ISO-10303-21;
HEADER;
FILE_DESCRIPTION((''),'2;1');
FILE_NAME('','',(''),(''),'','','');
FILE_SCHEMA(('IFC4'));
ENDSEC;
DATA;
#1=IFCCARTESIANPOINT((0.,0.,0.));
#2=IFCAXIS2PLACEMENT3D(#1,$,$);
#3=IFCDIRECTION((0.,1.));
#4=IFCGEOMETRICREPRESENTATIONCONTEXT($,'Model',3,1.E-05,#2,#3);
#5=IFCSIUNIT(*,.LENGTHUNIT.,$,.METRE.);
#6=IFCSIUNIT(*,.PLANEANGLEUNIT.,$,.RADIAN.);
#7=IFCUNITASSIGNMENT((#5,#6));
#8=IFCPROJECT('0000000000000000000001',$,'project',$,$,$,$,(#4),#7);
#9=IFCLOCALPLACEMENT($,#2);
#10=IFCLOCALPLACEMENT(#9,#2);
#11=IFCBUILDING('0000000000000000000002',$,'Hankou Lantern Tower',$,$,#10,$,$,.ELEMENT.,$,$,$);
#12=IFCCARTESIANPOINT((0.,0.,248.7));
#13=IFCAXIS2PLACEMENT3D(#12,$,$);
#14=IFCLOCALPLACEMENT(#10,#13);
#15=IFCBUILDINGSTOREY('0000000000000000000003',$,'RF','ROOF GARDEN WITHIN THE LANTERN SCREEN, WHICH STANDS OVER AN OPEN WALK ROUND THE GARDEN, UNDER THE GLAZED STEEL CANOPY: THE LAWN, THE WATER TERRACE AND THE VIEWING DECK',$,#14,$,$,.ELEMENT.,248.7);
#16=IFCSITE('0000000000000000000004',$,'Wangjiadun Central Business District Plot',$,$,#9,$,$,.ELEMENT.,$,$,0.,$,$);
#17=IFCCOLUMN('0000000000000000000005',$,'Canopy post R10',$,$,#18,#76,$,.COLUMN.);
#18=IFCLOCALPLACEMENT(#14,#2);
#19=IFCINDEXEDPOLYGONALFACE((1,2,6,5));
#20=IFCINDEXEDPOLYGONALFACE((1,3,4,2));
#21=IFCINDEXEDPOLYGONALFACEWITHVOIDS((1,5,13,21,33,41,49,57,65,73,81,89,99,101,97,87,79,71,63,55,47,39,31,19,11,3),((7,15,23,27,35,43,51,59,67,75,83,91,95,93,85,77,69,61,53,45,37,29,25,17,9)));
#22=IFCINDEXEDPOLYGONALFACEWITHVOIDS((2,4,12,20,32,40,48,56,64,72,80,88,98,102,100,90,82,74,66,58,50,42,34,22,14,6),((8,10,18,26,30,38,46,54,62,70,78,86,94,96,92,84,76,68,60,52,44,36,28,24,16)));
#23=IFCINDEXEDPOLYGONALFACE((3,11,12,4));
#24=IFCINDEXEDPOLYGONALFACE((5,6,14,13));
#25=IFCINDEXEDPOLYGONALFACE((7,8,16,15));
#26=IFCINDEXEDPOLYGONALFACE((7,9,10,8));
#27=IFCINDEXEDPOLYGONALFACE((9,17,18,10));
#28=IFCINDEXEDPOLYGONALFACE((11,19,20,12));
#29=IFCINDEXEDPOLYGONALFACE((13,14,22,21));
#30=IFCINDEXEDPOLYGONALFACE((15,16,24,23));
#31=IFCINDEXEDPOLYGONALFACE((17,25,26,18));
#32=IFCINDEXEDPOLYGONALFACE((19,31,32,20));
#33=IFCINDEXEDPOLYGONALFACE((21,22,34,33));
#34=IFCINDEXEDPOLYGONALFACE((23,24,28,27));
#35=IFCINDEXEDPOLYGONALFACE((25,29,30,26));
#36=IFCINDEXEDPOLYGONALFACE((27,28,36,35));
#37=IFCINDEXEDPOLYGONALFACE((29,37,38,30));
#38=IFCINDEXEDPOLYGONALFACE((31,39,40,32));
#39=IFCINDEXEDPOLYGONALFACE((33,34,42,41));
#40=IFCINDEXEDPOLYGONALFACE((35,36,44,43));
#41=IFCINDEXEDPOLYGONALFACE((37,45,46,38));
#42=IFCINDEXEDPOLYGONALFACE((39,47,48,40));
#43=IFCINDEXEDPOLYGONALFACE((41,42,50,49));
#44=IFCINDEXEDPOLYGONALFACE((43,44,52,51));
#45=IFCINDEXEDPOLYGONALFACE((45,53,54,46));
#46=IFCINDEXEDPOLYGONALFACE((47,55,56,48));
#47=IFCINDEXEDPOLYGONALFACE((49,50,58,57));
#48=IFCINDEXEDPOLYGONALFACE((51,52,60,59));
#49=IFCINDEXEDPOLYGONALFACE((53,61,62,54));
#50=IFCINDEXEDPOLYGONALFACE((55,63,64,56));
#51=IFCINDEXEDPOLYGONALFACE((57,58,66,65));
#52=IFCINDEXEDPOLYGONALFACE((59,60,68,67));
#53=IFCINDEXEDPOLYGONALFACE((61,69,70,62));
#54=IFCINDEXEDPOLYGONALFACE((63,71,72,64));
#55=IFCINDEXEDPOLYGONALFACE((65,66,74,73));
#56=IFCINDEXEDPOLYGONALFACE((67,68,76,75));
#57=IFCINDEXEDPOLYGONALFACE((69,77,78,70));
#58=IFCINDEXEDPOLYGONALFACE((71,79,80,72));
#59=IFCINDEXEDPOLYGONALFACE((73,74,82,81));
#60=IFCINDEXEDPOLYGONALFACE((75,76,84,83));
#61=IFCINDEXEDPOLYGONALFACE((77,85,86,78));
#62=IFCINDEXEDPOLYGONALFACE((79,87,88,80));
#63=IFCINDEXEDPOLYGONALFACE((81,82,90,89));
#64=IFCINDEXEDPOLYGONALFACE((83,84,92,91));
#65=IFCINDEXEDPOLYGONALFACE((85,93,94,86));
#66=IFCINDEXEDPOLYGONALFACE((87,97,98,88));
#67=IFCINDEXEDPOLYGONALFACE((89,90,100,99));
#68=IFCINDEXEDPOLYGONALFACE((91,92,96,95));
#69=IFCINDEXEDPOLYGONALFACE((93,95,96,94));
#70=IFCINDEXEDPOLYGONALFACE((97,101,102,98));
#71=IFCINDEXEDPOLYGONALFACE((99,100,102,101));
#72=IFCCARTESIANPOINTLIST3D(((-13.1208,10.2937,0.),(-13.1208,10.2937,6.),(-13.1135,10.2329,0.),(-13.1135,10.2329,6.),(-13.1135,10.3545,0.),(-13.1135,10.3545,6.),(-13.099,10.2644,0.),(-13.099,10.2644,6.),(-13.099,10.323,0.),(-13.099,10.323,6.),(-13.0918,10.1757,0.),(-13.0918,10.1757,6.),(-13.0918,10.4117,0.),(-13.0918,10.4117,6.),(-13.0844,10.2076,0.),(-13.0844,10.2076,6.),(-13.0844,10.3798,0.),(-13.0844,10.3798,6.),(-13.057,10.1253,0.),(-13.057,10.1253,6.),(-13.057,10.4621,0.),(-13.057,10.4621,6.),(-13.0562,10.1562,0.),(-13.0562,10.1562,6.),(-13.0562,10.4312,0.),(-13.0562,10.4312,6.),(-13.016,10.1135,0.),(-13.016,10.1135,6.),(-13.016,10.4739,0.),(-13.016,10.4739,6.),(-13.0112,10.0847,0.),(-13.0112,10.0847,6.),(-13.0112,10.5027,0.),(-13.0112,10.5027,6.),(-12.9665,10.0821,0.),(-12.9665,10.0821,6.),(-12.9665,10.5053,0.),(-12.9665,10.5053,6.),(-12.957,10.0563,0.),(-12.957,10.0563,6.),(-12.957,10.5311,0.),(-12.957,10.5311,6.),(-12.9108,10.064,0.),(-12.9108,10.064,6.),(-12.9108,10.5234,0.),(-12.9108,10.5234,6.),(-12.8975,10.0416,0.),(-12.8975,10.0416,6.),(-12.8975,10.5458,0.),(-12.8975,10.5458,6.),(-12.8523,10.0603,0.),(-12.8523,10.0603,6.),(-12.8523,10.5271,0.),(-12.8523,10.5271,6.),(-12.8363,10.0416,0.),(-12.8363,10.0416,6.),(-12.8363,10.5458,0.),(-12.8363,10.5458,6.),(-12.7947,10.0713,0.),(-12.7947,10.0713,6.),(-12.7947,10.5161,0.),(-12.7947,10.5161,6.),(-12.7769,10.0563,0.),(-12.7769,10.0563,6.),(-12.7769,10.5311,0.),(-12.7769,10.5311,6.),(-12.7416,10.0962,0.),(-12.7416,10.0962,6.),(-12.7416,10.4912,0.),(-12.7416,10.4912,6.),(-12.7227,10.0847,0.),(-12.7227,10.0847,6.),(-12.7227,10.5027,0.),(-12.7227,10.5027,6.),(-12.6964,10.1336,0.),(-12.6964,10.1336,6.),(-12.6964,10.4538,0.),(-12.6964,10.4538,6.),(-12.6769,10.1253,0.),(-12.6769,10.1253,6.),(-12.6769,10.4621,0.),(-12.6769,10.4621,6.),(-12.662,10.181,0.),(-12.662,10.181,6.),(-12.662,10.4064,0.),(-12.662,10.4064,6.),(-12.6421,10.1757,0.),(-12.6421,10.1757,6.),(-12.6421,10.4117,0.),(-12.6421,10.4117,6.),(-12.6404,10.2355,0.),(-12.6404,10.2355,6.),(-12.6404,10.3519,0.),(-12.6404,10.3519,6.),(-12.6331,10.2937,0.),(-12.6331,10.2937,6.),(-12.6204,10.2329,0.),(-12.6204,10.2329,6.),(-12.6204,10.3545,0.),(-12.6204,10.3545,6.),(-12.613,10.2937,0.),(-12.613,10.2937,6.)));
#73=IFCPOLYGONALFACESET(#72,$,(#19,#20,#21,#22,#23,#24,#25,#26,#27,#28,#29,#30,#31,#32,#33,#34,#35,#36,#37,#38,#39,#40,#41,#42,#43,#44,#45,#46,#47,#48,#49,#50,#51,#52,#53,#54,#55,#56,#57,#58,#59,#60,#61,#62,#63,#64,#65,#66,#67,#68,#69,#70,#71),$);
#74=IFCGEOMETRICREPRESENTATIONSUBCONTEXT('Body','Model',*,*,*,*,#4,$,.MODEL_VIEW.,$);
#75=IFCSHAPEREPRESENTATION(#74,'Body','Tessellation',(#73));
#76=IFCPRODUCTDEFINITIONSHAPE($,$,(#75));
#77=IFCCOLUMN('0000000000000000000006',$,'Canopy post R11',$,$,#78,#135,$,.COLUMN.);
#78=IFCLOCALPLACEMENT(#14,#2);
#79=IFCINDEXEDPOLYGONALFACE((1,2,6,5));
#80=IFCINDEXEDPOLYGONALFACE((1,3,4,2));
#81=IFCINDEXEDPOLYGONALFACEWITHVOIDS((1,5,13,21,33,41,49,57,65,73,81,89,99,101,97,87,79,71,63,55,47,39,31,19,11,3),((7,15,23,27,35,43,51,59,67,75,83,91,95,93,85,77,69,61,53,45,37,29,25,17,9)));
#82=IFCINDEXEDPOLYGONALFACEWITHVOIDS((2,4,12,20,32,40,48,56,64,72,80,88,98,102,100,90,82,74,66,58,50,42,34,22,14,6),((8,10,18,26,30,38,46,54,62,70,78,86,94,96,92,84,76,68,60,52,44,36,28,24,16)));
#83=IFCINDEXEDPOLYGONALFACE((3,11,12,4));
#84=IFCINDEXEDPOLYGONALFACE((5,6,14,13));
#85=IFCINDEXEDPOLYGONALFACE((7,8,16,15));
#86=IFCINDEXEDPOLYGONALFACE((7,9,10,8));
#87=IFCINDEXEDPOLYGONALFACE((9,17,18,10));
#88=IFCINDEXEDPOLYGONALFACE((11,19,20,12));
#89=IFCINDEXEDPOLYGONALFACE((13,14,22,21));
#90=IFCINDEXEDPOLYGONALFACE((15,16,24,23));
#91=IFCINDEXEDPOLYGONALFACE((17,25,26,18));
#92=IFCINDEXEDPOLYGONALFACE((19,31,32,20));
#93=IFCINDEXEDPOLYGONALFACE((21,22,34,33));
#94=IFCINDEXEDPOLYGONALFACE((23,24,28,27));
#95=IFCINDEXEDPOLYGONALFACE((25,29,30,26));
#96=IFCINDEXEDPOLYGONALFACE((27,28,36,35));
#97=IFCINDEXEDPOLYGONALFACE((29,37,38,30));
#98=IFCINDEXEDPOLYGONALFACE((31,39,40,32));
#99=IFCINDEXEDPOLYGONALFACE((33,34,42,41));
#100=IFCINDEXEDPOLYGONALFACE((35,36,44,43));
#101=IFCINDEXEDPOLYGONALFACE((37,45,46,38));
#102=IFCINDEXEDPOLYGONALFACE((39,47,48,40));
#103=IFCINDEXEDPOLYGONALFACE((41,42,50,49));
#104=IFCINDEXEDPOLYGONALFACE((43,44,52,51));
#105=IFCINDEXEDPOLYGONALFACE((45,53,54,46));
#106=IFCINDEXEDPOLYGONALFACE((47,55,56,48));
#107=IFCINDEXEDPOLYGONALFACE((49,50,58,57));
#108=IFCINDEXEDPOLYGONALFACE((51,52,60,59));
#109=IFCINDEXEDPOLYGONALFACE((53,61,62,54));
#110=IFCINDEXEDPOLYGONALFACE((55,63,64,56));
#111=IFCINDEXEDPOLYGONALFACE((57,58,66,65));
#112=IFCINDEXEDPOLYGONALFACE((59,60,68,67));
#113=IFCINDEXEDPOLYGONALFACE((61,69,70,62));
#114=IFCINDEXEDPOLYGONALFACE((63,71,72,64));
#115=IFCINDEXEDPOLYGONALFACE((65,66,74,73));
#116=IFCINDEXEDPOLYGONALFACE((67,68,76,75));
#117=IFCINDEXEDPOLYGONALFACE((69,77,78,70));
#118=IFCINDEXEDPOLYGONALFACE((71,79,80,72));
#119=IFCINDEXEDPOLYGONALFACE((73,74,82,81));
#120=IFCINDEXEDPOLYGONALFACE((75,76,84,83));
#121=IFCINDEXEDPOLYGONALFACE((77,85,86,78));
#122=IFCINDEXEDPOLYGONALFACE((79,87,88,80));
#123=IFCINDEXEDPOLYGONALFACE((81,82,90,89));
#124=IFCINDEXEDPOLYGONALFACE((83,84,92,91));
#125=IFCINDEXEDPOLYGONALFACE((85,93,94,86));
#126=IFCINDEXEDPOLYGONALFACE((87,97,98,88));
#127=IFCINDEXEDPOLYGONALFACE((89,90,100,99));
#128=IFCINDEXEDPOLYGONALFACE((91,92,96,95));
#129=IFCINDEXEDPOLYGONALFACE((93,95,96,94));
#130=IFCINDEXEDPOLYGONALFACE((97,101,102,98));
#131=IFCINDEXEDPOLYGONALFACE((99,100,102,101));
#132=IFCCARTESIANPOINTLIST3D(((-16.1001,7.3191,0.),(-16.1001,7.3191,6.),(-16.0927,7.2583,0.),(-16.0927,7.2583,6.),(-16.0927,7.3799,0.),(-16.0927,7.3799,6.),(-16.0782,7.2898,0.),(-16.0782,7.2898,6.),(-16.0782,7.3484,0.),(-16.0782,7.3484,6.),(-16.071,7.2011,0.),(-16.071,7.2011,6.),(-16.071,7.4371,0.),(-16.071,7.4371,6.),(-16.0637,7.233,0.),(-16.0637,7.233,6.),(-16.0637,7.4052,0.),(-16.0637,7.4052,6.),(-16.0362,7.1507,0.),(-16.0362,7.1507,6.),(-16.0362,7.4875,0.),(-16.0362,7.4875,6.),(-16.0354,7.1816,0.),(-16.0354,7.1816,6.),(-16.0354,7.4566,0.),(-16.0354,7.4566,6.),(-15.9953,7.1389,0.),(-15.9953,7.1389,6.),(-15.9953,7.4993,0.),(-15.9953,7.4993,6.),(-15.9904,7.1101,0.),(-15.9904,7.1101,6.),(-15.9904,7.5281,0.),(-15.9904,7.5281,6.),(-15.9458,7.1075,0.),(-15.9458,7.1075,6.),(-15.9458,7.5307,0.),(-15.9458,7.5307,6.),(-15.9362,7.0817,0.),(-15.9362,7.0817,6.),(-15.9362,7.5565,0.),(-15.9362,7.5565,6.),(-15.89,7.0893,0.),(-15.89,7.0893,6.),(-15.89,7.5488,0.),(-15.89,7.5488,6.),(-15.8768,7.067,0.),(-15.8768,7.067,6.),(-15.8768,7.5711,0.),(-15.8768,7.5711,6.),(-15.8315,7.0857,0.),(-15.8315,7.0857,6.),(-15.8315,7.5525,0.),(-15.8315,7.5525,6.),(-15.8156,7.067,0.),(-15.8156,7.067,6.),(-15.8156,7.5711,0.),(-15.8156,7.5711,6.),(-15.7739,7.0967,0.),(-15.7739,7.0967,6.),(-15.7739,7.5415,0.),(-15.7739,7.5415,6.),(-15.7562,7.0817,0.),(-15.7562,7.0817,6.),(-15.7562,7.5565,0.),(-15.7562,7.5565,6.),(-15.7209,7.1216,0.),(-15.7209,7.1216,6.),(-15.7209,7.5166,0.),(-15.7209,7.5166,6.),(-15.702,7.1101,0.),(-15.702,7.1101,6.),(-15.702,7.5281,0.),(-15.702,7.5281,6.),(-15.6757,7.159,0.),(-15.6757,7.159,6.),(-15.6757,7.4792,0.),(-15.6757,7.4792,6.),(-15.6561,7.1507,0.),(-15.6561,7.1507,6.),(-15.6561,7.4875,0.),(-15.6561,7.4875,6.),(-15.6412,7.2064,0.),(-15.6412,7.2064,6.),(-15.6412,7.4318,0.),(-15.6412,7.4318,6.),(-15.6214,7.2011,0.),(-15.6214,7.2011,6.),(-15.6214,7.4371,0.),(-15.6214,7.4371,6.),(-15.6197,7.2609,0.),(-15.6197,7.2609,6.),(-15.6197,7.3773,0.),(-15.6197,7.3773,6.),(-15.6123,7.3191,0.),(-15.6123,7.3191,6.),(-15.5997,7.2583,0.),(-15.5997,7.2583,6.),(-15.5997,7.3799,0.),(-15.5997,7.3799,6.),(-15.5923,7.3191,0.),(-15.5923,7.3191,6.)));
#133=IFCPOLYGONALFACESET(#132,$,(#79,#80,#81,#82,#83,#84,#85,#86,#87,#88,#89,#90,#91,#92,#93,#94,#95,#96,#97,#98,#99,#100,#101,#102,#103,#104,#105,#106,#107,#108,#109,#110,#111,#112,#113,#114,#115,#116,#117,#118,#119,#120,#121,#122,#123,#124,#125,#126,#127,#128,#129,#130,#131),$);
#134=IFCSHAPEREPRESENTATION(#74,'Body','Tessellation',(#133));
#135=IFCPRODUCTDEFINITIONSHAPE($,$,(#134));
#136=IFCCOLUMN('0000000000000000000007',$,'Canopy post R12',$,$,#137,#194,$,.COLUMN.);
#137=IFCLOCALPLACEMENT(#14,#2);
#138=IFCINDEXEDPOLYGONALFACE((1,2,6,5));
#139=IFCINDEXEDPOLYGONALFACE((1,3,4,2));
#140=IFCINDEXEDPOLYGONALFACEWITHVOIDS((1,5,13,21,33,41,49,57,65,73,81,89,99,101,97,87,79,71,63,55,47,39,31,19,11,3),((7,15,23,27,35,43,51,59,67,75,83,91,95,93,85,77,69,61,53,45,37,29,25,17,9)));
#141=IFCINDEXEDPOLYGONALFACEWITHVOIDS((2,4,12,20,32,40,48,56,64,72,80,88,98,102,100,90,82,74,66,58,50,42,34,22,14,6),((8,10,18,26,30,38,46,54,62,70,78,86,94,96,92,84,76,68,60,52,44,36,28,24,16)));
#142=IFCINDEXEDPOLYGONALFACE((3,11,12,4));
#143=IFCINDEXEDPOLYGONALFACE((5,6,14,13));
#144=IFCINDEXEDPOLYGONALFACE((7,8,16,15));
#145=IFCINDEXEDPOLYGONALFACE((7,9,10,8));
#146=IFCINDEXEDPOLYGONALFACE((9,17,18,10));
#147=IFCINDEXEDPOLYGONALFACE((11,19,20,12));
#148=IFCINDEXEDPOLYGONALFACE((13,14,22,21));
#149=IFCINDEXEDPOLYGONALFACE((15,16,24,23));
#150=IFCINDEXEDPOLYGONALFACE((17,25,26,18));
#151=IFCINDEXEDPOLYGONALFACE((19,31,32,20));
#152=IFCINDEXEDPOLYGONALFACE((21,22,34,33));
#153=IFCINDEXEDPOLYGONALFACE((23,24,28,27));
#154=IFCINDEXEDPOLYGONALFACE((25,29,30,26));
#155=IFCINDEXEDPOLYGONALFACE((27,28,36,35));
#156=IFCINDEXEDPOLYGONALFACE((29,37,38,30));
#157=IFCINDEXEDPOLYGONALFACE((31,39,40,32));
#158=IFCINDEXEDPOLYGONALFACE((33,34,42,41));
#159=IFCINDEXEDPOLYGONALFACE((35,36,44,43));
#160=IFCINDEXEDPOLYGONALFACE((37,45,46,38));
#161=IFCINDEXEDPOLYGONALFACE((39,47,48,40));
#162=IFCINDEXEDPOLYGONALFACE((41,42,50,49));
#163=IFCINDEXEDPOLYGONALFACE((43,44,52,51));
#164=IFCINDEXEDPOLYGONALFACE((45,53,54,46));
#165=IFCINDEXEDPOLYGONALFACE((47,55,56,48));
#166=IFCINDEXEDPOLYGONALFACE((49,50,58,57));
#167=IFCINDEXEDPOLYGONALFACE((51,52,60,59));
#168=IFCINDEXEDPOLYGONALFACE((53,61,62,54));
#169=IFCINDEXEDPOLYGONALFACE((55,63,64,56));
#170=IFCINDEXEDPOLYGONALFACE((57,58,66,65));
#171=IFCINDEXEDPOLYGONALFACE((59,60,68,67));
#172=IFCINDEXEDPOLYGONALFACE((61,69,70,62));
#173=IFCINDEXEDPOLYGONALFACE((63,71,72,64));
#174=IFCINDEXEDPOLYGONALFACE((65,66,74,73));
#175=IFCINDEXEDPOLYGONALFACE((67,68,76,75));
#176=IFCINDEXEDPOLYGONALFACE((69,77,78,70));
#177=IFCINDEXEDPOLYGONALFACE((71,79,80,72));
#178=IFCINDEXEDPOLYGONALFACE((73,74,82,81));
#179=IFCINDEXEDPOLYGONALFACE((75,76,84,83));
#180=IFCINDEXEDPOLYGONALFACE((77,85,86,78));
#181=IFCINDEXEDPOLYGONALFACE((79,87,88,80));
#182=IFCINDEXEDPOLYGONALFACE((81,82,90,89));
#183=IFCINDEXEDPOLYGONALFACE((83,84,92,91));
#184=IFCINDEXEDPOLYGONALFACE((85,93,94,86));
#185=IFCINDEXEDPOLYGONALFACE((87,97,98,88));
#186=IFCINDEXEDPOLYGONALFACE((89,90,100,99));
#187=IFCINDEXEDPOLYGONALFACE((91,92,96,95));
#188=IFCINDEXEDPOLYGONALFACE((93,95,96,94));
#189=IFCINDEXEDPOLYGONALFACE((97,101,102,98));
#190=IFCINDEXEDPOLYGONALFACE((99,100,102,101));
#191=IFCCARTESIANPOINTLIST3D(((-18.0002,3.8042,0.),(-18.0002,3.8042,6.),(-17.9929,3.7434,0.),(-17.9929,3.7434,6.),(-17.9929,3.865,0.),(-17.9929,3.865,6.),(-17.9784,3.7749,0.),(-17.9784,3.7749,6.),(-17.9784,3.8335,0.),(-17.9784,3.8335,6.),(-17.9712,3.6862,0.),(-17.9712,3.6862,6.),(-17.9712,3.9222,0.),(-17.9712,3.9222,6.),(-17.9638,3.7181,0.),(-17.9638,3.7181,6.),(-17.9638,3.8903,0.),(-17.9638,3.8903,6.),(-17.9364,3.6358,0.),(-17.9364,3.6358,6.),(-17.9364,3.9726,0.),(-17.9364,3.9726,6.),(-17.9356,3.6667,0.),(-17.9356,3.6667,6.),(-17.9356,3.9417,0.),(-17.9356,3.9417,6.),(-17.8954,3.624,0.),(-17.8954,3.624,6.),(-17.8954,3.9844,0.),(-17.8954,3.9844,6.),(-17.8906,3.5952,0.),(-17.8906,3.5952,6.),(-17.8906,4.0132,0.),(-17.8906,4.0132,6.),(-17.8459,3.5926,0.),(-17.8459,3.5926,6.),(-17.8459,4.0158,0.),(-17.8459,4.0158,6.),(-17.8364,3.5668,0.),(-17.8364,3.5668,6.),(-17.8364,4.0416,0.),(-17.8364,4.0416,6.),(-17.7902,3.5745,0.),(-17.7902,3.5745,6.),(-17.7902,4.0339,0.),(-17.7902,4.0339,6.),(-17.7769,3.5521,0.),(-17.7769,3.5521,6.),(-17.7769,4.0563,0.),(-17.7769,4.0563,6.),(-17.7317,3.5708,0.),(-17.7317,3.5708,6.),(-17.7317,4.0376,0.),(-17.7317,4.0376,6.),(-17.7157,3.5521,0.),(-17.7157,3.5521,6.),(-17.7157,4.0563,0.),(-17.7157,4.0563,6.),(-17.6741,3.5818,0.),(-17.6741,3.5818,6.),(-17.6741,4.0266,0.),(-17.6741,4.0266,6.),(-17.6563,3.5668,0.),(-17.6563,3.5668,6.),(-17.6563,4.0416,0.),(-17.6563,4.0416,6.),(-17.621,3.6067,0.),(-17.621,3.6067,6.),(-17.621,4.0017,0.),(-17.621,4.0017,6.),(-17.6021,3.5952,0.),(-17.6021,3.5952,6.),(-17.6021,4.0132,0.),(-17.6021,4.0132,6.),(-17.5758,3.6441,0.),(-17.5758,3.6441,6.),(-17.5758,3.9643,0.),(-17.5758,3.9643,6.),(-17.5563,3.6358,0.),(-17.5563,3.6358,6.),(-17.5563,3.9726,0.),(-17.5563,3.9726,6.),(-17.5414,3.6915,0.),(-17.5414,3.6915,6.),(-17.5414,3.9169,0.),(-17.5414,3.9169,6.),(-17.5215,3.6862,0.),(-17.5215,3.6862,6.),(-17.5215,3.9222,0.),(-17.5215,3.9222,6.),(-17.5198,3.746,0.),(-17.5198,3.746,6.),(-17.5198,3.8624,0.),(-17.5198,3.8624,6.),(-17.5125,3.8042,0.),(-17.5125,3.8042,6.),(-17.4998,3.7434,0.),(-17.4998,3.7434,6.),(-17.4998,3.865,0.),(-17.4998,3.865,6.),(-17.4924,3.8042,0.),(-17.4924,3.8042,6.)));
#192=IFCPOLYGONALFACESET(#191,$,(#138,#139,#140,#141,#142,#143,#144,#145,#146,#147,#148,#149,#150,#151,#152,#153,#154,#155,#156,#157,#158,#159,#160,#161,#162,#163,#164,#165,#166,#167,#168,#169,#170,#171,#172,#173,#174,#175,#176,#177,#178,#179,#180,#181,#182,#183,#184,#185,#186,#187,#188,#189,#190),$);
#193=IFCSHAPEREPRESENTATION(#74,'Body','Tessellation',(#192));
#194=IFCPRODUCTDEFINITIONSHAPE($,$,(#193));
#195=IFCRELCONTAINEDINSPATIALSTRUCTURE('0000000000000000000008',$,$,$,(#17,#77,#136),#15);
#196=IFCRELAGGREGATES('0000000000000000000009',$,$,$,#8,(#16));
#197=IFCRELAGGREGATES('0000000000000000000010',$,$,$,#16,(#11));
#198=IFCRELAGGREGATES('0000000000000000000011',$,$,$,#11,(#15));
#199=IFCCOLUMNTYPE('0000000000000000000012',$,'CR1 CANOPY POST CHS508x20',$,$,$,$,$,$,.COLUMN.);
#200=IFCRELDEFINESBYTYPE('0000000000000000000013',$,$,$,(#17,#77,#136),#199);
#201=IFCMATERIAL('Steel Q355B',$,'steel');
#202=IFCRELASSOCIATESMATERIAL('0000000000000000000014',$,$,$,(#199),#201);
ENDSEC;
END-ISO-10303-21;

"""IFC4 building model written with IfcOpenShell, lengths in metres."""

from ifc_helpers import new_model, si_unit, direction, frame, origin, origin_2d, place, context, subcontext, project, spatial, hollow_circle, extrude, material, material_profile, profile_set, type_object, element, save


model = new_model("IFC4")

# Units and contexts
model_context = context("Model", 3, precision=1e-05, world=origin(), true_north=direction((0.0, 1.0)))
body_context = subcontext(model_context, "Body", "Model", "MODEL_VIEW")
ifc_project = project(units=[si_unit("LENGTHUNIT", "METRE"), si_unit("PLANEANGLEUNIT", "RADIAN")], contexts=[model_context])

# Site, building, storey
site_placement = place(None, origin())
site = spatial("IfcSite", under=ifc_project, at=site_placement, Name="Wangjiadun Central Business District Plot", CompositionType="ELEMENT", RefElevation=0.0)
building_placement = place(site_placement, origin())
building = spatial("IfcBuilding", under=site, at=building_placement, Name="Hankou Lantern Tower", CompositionType="ELEMENT")
storey_placement = place(building_placement, frame((0.0, 0.0, 248.7)))
storey = spatial("IfcBuildingStorey", under=building, at=storey_placement, Name="RF", Description="ROOF GARDEN WITHIN THE LANTERN SCREEN, WHICH STANDS OVER AN OPEN WALK ROUND THE GARDEN, UNDER THE GLAZED STEEL CANOPY: THE LAWN, THE WATER TERRACE AND THE VIEWING DECK", CompositionType="ELEMENT", Elevation=248.7)

# Columns
ifc_material_1 = material(Name="Steel Q355B", Category="steel")
ifc_material_profile_1 = material_profile(ifc_material_1, hollow_circle(Radius=0.2539, WallThickness=0.02, at=origin_2d()), Name="CHS508x20")
ifc_profile_set_1 = profile_set([ifc_material_profile_1], Name="Steel Q355B")
column_type = type_object("IfcColumnType", Name="CR1 CANOPY POST CHS508x20", PredefinedType="COLUMN", material=ifc_profile_set_1)
for number, where, z_axis, x_axis, name in (
    (1, (-12.8669, 10.2937, 0.0), (0.0, 0.0, 1.0), (1.0, 0.0, 0.0), "Canopy post R10"),
    (2, (-15.8462, 7.3191, 0.0), (0.0, 0.0, 1.0), (1.0, 0.0, 0.0), "Canopy post R11"),
    (3, (-17.7463, 3.8042, 0.0), (0.0, 0.0, 1.0), (1.0, 0.0, 0.0), "Canopy post R12"),
):
    element("IfcColumn", number, at=place(storey_placement, frame(where, z_axis=z_axis, x_axis=x_axis)), inside=storey, type_object=column_type, Name=name, PredefinedType="COLUMN", context=body_context, shape_type="SweptSolid", body=[
        extrude(hollow_circle(Radius=0.2539, WallThickness=0.02, at=origin_2d()), origin(), (0.0, 0.0, 1.0), 6.0),
    ])

save(model, "model.ifc")
